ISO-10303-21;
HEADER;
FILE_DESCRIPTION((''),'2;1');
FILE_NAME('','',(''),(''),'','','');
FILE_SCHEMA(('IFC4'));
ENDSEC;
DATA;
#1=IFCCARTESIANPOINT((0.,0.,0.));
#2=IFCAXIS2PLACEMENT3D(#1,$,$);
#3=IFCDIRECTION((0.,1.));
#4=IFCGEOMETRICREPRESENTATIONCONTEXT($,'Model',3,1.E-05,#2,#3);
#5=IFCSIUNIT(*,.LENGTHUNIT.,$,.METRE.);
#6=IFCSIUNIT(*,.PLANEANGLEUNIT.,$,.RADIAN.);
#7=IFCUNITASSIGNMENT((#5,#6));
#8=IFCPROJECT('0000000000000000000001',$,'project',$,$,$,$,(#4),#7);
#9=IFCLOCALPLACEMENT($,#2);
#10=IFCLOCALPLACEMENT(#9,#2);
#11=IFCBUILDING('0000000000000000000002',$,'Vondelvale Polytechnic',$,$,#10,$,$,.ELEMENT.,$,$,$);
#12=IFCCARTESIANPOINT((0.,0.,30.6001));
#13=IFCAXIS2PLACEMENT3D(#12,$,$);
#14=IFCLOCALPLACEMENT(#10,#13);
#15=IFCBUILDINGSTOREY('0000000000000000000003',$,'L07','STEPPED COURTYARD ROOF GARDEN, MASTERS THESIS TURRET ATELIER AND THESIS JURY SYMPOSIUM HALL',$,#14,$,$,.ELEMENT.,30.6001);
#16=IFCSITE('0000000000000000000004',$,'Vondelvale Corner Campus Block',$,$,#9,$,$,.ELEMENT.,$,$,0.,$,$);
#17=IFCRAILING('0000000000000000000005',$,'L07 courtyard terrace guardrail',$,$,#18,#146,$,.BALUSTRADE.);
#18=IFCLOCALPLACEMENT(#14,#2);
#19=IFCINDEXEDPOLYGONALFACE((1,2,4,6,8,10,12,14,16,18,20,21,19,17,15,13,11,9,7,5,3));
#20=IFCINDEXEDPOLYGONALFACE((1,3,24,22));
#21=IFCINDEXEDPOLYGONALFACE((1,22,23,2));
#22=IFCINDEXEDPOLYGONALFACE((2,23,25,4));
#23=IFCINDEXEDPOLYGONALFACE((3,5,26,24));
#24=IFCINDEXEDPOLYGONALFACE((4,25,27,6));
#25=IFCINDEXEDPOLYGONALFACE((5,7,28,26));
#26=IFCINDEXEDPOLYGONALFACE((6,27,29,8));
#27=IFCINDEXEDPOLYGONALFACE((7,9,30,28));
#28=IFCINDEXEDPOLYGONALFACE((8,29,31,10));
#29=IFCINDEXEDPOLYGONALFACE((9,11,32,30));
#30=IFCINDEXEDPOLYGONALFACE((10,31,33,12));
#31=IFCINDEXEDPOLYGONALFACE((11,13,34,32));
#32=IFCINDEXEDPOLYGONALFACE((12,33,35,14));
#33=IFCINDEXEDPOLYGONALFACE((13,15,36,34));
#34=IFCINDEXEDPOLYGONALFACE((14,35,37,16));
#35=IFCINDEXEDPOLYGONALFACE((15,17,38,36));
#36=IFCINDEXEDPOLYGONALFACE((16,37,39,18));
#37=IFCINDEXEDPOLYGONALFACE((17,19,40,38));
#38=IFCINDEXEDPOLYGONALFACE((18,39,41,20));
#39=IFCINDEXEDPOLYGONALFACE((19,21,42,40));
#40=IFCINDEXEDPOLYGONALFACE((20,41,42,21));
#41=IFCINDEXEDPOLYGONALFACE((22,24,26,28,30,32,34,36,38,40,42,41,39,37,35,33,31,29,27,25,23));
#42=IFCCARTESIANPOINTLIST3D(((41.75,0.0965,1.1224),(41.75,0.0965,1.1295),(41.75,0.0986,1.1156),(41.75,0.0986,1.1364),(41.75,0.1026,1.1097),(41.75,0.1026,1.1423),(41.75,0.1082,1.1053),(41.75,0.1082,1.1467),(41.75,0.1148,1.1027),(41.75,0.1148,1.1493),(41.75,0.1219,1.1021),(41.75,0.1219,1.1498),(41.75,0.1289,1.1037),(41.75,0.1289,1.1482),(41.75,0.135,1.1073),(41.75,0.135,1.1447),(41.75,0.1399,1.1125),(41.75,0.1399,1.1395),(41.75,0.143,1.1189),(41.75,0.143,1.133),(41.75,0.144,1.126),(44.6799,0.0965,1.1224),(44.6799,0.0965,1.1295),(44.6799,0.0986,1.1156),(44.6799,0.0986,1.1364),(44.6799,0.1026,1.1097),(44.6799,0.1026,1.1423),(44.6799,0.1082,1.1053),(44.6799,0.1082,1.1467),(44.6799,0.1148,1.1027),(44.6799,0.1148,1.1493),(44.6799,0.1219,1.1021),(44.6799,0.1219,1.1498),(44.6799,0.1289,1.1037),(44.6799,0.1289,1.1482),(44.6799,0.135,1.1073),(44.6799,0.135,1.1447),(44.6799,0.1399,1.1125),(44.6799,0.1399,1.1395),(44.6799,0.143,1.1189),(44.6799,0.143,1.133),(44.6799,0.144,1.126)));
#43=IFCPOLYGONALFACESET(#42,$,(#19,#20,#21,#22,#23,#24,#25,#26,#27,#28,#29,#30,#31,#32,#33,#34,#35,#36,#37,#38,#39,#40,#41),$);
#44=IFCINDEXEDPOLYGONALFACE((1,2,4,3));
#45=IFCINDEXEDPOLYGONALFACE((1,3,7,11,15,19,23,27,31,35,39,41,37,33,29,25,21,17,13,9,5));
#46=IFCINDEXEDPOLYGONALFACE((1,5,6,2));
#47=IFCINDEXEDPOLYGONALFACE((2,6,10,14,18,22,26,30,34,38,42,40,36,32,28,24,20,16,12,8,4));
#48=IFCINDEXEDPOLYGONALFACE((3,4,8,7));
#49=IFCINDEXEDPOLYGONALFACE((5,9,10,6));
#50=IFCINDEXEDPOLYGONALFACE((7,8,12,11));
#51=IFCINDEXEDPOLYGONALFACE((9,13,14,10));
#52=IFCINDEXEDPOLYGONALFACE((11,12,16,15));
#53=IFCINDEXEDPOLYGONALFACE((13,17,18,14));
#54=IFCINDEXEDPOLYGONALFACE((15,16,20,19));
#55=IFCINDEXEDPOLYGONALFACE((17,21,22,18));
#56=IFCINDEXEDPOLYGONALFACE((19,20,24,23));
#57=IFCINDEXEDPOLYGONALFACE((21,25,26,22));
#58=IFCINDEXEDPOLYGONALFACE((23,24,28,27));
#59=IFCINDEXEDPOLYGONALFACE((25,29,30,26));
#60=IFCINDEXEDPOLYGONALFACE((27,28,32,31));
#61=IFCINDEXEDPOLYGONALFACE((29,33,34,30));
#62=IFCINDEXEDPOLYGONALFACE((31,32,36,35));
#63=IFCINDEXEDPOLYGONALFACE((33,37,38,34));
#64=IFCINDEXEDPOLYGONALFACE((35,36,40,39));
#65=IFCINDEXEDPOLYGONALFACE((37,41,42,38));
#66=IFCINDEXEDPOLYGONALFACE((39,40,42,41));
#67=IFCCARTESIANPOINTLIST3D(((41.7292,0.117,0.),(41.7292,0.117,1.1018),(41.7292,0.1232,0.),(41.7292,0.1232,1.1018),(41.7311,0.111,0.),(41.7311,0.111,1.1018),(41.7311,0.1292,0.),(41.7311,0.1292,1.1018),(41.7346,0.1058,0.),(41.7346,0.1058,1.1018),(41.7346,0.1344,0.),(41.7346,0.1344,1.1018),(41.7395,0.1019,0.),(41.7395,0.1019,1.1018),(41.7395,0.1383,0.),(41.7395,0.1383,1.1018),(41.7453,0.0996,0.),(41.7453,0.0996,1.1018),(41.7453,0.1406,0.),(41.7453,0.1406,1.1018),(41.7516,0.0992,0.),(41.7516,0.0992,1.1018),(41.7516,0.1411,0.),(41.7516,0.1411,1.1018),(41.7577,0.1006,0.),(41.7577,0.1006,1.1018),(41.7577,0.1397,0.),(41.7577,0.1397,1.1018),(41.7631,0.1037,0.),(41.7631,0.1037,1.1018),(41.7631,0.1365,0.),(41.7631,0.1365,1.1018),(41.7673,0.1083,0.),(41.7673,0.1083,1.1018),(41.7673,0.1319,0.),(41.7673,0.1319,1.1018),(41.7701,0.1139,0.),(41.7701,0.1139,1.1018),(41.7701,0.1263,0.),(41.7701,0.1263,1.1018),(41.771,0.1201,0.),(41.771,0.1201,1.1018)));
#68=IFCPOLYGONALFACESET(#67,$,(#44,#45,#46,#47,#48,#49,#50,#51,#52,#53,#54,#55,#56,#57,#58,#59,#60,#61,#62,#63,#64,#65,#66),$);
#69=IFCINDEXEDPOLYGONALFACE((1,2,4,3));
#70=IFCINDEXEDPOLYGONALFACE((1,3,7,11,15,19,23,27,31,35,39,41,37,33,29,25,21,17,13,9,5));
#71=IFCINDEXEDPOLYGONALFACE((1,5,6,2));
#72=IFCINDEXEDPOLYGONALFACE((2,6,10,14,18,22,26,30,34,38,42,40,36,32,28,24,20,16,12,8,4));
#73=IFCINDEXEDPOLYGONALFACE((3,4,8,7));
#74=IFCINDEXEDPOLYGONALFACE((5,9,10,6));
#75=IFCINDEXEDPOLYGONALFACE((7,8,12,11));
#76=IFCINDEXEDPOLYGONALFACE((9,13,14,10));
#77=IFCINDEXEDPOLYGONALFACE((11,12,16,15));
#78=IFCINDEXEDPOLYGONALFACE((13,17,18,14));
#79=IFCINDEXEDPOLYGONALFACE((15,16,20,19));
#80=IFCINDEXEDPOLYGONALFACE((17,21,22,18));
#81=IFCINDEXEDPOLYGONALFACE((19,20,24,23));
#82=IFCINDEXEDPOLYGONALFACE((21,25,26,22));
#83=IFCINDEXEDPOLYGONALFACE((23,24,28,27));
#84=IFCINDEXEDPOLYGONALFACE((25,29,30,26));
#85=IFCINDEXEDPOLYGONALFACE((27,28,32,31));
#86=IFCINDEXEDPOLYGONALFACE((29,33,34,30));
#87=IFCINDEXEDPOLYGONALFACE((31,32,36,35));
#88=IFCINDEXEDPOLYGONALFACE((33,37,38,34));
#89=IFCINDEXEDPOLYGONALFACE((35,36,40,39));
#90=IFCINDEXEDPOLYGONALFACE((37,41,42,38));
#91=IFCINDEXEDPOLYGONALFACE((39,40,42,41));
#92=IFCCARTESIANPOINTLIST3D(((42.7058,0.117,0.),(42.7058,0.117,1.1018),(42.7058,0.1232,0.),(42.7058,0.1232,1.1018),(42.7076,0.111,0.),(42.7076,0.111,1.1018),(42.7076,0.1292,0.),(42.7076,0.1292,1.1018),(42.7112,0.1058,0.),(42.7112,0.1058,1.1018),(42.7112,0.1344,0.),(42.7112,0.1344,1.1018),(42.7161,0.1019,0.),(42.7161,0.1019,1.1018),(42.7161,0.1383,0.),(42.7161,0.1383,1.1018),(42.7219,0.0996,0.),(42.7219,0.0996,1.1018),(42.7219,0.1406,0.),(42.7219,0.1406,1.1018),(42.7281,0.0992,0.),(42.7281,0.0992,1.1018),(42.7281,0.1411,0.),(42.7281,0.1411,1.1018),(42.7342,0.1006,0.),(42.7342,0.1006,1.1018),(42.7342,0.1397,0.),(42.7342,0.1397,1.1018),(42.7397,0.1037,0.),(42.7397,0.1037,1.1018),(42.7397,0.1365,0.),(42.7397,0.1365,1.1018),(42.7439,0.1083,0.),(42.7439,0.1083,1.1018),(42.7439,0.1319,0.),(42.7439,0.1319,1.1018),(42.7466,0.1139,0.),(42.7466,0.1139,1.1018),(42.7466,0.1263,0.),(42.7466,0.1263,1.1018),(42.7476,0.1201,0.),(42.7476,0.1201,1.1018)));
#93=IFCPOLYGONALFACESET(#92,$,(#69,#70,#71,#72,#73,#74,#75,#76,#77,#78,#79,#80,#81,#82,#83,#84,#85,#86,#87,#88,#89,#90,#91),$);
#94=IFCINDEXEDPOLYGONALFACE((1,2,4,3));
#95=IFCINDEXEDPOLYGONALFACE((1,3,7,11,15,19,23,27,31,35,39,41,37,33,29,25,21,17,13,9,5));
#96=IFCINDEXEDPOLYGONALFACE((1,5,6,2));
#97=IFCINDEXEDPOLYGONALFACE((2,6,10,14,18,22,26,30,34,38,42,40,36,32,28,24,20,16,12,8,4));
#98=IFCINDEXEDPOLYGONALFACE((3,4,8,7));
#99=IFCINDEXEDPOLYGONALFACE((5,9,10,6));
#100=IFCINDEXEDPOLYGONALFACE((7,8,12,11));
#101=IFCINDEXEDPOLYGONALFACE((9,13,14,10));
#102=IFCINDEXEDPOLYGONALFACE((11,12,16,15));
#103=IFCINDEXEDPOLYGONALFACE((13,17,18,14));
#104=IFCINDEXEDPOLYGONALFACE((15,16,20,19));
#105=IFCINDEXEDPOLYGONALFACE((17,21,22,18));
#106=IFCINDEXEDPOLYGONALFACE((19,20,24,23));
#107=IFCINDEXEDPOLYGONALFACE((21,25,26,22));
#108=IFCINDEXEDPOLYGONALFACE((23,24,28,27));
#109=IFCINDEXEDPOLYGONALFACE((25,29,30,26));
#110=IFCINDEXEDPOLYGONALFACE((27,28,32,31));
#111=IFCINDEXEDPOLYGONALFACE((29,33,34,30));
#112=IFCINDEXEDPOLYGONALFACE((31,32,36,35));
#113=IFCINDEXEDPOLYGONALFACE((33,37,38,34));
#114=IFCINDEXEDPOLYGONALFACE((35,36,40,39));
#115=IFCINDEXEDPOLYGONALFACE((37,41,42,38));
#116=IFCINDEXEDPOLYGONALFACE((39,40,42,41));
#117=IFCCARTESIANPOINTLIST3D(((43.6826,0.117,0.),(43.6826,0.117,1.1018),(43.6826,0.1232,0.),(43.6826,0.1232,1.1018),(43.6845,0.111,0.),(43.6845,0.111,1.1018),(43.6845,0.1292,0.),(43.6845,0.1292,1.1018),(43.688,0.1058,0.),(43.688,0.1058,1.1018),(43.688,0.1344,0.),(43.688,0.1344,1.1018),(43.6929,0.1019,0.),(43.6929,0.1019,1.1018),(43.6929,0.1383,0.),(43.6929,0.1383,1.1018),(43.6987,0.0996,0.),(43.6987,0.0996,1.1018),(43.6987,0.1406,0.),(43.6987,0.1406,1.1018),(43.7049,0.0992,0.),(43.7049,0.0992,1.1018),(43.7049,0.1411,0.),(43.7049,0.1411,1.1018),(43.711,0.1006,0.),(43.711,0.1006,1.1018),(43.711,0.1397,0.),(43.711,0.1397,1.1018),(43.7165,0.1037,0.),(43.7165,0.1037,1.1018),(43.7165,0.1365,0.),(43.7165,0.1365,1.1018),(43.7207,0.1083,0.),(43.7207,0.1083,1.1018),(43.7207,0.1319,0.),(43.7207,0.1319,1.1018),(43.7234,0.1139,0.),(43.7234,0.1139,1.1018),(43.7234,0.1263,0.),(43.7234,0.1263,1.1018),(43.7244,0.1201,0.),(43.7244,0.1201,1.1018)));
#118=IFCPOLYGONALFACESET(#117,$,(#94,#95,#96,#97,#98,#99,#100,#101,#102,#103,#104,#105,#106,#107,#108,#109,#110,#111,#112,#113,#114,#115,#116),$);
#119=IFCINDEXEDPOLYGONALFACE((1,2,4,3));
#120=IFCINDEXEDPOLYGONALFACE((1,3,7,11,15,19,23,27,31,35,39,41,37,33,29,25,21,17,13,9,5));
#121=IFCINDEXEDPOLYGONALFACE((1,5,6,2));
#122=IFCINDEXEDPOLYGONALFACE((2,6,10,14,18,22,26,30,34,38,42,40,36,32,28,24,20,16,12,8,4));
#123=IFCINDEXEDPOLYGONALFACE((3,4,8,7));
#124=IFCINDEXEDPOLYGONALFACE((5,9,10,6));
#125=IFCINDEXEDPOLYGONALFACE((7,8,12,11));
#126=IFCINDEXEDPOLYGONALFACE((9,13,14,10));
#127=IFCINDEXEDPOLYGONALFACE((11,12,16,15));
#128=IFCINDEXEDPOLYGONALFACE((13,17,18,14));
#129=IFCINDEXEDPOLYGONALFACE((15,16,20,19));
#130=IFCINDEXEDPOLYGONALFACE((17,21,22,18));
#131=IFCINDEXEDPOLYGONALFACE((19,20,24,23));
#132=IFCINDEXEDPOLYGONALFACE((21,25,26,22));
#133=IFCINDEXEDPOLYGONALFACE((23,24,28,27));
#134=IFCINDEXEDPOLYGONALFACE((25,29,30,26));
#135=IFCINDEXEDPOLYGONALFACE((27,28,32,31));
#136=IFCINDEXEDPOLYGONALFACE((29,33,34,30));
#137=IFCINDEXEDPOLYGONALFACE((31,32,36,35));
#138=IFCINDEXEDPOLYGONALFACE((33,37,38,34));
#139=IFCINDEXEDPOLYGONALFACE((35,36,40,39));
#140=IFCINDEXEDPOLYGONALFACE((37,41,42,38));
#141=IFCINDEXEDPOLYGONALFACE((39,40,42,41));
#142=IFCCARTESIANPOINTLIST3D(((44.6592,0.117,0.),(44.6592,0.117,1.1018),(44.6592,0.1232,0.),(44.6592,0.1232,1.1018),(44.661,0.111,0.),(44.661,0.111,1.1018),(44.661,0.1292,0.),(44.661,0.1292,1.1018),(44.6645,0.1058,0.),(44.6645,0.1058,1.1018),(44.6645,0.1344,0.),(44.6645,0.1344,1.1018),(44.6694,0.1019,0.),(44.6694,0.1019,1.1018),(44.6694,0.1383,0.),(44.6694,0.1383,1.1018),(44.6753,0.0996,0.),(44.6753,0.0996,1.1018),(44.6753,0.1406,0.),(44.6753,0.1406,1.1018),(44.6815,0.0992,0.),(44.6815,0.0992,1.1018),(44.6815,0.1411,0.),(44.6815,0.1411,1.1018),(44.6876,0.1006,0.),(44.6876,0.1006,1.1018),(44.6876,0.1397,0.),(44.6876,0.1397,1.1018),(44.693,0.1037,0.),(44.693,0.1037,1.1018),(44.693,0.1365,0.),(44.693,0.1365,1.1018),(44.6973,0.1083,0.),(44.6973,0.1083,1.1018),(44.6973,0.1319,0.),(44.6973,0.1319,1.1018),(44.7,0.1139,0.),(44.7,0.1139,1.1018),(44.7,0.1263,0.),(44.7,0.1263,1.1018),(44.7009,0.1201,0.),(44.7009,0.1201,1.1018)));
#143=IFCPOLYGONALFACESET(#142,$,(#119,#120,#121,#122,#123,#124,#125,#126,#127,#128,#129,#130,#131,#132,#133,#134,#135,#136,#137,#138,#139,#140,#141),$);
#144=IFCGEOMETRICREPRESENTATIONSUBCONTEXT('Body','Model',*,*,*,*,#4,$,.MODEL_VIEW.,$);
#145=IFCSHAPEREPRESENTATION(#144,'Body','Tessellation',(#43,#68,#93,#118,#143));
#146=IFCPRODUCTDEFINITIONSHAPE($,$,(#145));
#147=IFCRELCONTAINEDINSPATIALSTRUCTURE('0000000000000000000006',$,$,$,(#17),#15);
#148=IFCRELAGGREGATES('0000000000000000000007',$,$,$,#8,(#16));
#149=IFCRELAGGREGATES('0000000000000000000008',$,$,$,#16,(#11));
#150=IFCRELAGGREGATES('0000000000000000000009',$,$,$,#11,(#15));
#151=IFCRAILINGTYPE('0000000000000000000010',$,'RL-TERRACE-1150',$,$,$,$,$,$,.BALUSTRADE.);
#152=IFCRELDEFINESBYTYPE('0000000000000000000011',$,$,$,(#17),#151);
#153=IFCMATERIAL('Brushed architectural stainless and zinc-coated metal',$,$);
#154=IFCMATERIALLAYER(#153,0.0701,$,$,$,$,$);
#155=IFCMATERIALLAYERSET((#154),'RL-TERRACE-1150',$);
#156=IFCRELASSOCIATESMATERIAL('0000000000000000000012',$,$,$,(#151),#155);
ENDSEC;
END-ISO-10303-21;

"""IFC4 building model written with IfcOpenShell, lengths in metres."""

from ifc_helpers import new_model, si_unit, direction, frame, origin, origin_2d, place, context, subcontext, project, spatial, circle, extrude, material, layer, layer_set, type_object, element, save


model = new_model("IFC4")

# Units and contexts
model_context = context("Model", 3, precision=1e-05, world=origin(), true_north=direction((0.0, 1.0)))
body_context = subcontext(model_context, "Body", "Model", "MODEL_VIEW")
ifc_project = project(units=[si_unit("LENGTHUNIT", "METRE"), si_unit("PLANEANGLEUNIT", "RADIAN")], contexts=[model_context])

# Site, building, storey
site_placement = place(None, origin())
site = spatial("IfcSite", under=ifc_project, at=site_placement, Name="Vondelvale Corner Campus Block", CompositionType="ELEMENT", RefElevation=0.0)
building_placement = place(site_placement, origin())
building = spatial("IfcBuilding", under=site, at=building_placement, Name="Vondelvale Polytechnic", CompositionType="ELEMENT")
storey_placement = place(building_placement, frame((0.0, 0.0, 30.6001)))
storey = spatial("IfcBuildingStorey", under=building, at=storey_placement, Name="L07", Description="STEPPED COURTYARD ROOF GARDEN, MASTERS THESIS TURRET ATELIER AND THESIS JURY SYMPOSIUM HALL", CompositionType="ELEMENT", Elevation=30.6001)

# Railing
ifc_material_1 = material(Name="Brushed architectural stainless and zinc-coated metal")
ifc_layer_1 = layer(ifc_material_1, 0.0701)
ifc_layer_set_1 = layer_set([ifc_layer_1], Name="RL-TERRACE-1150")
railing_type = type_object("IfcRailingType", Name="RL-TERRACE-1150", PredefinedType="BALUSTRADE", material=ifc_layer_set_1)
railing_1_placement = place(storey_placement, frame((41.75, 0.1201, 0.0)))
element("IfcRailing", 1, at=railing_1_placement, inside=storey, type_object=railing_type, Name="L07 courtyard terrace guardrail", PredefinedType="BALUSTRADE", context=body_context, shape_type="SweptSolid", body=[
    extrude(circle(Radius=0.0239, at=origin_2d()), frame((0.0, 0.0, 1.126), z_axis=(1.0, 0.0, 0.0), x_axis=(0.0, 1.0, 0.0)), (0.0, 0.0, 1.0), 2.9299),
    extrude(circle(Radius=0.021, at=origin_2d()), origin(), (0.0, 0.0, 1.0), 1.1018),
    extrude(circle(Radius=0.021, at=origin_2d()), frame((0.9766, 0.0, 0.0)), (0.0, 0.0, 1.0), 1.1018),
    extrude(circle(Radius=0.021, at=origin_2d()), frame((1.9534, 0.0, 0.0)), (0.0, 0.0, 1.0), 1.1018),
    extrude(circle(Radius=0.021, at=origin_2d()), frame((2.9299, 0.0, 0.0)), (0.0, 0.0, 1.0), 1.1018),
])

save(model, "model.ifc")
